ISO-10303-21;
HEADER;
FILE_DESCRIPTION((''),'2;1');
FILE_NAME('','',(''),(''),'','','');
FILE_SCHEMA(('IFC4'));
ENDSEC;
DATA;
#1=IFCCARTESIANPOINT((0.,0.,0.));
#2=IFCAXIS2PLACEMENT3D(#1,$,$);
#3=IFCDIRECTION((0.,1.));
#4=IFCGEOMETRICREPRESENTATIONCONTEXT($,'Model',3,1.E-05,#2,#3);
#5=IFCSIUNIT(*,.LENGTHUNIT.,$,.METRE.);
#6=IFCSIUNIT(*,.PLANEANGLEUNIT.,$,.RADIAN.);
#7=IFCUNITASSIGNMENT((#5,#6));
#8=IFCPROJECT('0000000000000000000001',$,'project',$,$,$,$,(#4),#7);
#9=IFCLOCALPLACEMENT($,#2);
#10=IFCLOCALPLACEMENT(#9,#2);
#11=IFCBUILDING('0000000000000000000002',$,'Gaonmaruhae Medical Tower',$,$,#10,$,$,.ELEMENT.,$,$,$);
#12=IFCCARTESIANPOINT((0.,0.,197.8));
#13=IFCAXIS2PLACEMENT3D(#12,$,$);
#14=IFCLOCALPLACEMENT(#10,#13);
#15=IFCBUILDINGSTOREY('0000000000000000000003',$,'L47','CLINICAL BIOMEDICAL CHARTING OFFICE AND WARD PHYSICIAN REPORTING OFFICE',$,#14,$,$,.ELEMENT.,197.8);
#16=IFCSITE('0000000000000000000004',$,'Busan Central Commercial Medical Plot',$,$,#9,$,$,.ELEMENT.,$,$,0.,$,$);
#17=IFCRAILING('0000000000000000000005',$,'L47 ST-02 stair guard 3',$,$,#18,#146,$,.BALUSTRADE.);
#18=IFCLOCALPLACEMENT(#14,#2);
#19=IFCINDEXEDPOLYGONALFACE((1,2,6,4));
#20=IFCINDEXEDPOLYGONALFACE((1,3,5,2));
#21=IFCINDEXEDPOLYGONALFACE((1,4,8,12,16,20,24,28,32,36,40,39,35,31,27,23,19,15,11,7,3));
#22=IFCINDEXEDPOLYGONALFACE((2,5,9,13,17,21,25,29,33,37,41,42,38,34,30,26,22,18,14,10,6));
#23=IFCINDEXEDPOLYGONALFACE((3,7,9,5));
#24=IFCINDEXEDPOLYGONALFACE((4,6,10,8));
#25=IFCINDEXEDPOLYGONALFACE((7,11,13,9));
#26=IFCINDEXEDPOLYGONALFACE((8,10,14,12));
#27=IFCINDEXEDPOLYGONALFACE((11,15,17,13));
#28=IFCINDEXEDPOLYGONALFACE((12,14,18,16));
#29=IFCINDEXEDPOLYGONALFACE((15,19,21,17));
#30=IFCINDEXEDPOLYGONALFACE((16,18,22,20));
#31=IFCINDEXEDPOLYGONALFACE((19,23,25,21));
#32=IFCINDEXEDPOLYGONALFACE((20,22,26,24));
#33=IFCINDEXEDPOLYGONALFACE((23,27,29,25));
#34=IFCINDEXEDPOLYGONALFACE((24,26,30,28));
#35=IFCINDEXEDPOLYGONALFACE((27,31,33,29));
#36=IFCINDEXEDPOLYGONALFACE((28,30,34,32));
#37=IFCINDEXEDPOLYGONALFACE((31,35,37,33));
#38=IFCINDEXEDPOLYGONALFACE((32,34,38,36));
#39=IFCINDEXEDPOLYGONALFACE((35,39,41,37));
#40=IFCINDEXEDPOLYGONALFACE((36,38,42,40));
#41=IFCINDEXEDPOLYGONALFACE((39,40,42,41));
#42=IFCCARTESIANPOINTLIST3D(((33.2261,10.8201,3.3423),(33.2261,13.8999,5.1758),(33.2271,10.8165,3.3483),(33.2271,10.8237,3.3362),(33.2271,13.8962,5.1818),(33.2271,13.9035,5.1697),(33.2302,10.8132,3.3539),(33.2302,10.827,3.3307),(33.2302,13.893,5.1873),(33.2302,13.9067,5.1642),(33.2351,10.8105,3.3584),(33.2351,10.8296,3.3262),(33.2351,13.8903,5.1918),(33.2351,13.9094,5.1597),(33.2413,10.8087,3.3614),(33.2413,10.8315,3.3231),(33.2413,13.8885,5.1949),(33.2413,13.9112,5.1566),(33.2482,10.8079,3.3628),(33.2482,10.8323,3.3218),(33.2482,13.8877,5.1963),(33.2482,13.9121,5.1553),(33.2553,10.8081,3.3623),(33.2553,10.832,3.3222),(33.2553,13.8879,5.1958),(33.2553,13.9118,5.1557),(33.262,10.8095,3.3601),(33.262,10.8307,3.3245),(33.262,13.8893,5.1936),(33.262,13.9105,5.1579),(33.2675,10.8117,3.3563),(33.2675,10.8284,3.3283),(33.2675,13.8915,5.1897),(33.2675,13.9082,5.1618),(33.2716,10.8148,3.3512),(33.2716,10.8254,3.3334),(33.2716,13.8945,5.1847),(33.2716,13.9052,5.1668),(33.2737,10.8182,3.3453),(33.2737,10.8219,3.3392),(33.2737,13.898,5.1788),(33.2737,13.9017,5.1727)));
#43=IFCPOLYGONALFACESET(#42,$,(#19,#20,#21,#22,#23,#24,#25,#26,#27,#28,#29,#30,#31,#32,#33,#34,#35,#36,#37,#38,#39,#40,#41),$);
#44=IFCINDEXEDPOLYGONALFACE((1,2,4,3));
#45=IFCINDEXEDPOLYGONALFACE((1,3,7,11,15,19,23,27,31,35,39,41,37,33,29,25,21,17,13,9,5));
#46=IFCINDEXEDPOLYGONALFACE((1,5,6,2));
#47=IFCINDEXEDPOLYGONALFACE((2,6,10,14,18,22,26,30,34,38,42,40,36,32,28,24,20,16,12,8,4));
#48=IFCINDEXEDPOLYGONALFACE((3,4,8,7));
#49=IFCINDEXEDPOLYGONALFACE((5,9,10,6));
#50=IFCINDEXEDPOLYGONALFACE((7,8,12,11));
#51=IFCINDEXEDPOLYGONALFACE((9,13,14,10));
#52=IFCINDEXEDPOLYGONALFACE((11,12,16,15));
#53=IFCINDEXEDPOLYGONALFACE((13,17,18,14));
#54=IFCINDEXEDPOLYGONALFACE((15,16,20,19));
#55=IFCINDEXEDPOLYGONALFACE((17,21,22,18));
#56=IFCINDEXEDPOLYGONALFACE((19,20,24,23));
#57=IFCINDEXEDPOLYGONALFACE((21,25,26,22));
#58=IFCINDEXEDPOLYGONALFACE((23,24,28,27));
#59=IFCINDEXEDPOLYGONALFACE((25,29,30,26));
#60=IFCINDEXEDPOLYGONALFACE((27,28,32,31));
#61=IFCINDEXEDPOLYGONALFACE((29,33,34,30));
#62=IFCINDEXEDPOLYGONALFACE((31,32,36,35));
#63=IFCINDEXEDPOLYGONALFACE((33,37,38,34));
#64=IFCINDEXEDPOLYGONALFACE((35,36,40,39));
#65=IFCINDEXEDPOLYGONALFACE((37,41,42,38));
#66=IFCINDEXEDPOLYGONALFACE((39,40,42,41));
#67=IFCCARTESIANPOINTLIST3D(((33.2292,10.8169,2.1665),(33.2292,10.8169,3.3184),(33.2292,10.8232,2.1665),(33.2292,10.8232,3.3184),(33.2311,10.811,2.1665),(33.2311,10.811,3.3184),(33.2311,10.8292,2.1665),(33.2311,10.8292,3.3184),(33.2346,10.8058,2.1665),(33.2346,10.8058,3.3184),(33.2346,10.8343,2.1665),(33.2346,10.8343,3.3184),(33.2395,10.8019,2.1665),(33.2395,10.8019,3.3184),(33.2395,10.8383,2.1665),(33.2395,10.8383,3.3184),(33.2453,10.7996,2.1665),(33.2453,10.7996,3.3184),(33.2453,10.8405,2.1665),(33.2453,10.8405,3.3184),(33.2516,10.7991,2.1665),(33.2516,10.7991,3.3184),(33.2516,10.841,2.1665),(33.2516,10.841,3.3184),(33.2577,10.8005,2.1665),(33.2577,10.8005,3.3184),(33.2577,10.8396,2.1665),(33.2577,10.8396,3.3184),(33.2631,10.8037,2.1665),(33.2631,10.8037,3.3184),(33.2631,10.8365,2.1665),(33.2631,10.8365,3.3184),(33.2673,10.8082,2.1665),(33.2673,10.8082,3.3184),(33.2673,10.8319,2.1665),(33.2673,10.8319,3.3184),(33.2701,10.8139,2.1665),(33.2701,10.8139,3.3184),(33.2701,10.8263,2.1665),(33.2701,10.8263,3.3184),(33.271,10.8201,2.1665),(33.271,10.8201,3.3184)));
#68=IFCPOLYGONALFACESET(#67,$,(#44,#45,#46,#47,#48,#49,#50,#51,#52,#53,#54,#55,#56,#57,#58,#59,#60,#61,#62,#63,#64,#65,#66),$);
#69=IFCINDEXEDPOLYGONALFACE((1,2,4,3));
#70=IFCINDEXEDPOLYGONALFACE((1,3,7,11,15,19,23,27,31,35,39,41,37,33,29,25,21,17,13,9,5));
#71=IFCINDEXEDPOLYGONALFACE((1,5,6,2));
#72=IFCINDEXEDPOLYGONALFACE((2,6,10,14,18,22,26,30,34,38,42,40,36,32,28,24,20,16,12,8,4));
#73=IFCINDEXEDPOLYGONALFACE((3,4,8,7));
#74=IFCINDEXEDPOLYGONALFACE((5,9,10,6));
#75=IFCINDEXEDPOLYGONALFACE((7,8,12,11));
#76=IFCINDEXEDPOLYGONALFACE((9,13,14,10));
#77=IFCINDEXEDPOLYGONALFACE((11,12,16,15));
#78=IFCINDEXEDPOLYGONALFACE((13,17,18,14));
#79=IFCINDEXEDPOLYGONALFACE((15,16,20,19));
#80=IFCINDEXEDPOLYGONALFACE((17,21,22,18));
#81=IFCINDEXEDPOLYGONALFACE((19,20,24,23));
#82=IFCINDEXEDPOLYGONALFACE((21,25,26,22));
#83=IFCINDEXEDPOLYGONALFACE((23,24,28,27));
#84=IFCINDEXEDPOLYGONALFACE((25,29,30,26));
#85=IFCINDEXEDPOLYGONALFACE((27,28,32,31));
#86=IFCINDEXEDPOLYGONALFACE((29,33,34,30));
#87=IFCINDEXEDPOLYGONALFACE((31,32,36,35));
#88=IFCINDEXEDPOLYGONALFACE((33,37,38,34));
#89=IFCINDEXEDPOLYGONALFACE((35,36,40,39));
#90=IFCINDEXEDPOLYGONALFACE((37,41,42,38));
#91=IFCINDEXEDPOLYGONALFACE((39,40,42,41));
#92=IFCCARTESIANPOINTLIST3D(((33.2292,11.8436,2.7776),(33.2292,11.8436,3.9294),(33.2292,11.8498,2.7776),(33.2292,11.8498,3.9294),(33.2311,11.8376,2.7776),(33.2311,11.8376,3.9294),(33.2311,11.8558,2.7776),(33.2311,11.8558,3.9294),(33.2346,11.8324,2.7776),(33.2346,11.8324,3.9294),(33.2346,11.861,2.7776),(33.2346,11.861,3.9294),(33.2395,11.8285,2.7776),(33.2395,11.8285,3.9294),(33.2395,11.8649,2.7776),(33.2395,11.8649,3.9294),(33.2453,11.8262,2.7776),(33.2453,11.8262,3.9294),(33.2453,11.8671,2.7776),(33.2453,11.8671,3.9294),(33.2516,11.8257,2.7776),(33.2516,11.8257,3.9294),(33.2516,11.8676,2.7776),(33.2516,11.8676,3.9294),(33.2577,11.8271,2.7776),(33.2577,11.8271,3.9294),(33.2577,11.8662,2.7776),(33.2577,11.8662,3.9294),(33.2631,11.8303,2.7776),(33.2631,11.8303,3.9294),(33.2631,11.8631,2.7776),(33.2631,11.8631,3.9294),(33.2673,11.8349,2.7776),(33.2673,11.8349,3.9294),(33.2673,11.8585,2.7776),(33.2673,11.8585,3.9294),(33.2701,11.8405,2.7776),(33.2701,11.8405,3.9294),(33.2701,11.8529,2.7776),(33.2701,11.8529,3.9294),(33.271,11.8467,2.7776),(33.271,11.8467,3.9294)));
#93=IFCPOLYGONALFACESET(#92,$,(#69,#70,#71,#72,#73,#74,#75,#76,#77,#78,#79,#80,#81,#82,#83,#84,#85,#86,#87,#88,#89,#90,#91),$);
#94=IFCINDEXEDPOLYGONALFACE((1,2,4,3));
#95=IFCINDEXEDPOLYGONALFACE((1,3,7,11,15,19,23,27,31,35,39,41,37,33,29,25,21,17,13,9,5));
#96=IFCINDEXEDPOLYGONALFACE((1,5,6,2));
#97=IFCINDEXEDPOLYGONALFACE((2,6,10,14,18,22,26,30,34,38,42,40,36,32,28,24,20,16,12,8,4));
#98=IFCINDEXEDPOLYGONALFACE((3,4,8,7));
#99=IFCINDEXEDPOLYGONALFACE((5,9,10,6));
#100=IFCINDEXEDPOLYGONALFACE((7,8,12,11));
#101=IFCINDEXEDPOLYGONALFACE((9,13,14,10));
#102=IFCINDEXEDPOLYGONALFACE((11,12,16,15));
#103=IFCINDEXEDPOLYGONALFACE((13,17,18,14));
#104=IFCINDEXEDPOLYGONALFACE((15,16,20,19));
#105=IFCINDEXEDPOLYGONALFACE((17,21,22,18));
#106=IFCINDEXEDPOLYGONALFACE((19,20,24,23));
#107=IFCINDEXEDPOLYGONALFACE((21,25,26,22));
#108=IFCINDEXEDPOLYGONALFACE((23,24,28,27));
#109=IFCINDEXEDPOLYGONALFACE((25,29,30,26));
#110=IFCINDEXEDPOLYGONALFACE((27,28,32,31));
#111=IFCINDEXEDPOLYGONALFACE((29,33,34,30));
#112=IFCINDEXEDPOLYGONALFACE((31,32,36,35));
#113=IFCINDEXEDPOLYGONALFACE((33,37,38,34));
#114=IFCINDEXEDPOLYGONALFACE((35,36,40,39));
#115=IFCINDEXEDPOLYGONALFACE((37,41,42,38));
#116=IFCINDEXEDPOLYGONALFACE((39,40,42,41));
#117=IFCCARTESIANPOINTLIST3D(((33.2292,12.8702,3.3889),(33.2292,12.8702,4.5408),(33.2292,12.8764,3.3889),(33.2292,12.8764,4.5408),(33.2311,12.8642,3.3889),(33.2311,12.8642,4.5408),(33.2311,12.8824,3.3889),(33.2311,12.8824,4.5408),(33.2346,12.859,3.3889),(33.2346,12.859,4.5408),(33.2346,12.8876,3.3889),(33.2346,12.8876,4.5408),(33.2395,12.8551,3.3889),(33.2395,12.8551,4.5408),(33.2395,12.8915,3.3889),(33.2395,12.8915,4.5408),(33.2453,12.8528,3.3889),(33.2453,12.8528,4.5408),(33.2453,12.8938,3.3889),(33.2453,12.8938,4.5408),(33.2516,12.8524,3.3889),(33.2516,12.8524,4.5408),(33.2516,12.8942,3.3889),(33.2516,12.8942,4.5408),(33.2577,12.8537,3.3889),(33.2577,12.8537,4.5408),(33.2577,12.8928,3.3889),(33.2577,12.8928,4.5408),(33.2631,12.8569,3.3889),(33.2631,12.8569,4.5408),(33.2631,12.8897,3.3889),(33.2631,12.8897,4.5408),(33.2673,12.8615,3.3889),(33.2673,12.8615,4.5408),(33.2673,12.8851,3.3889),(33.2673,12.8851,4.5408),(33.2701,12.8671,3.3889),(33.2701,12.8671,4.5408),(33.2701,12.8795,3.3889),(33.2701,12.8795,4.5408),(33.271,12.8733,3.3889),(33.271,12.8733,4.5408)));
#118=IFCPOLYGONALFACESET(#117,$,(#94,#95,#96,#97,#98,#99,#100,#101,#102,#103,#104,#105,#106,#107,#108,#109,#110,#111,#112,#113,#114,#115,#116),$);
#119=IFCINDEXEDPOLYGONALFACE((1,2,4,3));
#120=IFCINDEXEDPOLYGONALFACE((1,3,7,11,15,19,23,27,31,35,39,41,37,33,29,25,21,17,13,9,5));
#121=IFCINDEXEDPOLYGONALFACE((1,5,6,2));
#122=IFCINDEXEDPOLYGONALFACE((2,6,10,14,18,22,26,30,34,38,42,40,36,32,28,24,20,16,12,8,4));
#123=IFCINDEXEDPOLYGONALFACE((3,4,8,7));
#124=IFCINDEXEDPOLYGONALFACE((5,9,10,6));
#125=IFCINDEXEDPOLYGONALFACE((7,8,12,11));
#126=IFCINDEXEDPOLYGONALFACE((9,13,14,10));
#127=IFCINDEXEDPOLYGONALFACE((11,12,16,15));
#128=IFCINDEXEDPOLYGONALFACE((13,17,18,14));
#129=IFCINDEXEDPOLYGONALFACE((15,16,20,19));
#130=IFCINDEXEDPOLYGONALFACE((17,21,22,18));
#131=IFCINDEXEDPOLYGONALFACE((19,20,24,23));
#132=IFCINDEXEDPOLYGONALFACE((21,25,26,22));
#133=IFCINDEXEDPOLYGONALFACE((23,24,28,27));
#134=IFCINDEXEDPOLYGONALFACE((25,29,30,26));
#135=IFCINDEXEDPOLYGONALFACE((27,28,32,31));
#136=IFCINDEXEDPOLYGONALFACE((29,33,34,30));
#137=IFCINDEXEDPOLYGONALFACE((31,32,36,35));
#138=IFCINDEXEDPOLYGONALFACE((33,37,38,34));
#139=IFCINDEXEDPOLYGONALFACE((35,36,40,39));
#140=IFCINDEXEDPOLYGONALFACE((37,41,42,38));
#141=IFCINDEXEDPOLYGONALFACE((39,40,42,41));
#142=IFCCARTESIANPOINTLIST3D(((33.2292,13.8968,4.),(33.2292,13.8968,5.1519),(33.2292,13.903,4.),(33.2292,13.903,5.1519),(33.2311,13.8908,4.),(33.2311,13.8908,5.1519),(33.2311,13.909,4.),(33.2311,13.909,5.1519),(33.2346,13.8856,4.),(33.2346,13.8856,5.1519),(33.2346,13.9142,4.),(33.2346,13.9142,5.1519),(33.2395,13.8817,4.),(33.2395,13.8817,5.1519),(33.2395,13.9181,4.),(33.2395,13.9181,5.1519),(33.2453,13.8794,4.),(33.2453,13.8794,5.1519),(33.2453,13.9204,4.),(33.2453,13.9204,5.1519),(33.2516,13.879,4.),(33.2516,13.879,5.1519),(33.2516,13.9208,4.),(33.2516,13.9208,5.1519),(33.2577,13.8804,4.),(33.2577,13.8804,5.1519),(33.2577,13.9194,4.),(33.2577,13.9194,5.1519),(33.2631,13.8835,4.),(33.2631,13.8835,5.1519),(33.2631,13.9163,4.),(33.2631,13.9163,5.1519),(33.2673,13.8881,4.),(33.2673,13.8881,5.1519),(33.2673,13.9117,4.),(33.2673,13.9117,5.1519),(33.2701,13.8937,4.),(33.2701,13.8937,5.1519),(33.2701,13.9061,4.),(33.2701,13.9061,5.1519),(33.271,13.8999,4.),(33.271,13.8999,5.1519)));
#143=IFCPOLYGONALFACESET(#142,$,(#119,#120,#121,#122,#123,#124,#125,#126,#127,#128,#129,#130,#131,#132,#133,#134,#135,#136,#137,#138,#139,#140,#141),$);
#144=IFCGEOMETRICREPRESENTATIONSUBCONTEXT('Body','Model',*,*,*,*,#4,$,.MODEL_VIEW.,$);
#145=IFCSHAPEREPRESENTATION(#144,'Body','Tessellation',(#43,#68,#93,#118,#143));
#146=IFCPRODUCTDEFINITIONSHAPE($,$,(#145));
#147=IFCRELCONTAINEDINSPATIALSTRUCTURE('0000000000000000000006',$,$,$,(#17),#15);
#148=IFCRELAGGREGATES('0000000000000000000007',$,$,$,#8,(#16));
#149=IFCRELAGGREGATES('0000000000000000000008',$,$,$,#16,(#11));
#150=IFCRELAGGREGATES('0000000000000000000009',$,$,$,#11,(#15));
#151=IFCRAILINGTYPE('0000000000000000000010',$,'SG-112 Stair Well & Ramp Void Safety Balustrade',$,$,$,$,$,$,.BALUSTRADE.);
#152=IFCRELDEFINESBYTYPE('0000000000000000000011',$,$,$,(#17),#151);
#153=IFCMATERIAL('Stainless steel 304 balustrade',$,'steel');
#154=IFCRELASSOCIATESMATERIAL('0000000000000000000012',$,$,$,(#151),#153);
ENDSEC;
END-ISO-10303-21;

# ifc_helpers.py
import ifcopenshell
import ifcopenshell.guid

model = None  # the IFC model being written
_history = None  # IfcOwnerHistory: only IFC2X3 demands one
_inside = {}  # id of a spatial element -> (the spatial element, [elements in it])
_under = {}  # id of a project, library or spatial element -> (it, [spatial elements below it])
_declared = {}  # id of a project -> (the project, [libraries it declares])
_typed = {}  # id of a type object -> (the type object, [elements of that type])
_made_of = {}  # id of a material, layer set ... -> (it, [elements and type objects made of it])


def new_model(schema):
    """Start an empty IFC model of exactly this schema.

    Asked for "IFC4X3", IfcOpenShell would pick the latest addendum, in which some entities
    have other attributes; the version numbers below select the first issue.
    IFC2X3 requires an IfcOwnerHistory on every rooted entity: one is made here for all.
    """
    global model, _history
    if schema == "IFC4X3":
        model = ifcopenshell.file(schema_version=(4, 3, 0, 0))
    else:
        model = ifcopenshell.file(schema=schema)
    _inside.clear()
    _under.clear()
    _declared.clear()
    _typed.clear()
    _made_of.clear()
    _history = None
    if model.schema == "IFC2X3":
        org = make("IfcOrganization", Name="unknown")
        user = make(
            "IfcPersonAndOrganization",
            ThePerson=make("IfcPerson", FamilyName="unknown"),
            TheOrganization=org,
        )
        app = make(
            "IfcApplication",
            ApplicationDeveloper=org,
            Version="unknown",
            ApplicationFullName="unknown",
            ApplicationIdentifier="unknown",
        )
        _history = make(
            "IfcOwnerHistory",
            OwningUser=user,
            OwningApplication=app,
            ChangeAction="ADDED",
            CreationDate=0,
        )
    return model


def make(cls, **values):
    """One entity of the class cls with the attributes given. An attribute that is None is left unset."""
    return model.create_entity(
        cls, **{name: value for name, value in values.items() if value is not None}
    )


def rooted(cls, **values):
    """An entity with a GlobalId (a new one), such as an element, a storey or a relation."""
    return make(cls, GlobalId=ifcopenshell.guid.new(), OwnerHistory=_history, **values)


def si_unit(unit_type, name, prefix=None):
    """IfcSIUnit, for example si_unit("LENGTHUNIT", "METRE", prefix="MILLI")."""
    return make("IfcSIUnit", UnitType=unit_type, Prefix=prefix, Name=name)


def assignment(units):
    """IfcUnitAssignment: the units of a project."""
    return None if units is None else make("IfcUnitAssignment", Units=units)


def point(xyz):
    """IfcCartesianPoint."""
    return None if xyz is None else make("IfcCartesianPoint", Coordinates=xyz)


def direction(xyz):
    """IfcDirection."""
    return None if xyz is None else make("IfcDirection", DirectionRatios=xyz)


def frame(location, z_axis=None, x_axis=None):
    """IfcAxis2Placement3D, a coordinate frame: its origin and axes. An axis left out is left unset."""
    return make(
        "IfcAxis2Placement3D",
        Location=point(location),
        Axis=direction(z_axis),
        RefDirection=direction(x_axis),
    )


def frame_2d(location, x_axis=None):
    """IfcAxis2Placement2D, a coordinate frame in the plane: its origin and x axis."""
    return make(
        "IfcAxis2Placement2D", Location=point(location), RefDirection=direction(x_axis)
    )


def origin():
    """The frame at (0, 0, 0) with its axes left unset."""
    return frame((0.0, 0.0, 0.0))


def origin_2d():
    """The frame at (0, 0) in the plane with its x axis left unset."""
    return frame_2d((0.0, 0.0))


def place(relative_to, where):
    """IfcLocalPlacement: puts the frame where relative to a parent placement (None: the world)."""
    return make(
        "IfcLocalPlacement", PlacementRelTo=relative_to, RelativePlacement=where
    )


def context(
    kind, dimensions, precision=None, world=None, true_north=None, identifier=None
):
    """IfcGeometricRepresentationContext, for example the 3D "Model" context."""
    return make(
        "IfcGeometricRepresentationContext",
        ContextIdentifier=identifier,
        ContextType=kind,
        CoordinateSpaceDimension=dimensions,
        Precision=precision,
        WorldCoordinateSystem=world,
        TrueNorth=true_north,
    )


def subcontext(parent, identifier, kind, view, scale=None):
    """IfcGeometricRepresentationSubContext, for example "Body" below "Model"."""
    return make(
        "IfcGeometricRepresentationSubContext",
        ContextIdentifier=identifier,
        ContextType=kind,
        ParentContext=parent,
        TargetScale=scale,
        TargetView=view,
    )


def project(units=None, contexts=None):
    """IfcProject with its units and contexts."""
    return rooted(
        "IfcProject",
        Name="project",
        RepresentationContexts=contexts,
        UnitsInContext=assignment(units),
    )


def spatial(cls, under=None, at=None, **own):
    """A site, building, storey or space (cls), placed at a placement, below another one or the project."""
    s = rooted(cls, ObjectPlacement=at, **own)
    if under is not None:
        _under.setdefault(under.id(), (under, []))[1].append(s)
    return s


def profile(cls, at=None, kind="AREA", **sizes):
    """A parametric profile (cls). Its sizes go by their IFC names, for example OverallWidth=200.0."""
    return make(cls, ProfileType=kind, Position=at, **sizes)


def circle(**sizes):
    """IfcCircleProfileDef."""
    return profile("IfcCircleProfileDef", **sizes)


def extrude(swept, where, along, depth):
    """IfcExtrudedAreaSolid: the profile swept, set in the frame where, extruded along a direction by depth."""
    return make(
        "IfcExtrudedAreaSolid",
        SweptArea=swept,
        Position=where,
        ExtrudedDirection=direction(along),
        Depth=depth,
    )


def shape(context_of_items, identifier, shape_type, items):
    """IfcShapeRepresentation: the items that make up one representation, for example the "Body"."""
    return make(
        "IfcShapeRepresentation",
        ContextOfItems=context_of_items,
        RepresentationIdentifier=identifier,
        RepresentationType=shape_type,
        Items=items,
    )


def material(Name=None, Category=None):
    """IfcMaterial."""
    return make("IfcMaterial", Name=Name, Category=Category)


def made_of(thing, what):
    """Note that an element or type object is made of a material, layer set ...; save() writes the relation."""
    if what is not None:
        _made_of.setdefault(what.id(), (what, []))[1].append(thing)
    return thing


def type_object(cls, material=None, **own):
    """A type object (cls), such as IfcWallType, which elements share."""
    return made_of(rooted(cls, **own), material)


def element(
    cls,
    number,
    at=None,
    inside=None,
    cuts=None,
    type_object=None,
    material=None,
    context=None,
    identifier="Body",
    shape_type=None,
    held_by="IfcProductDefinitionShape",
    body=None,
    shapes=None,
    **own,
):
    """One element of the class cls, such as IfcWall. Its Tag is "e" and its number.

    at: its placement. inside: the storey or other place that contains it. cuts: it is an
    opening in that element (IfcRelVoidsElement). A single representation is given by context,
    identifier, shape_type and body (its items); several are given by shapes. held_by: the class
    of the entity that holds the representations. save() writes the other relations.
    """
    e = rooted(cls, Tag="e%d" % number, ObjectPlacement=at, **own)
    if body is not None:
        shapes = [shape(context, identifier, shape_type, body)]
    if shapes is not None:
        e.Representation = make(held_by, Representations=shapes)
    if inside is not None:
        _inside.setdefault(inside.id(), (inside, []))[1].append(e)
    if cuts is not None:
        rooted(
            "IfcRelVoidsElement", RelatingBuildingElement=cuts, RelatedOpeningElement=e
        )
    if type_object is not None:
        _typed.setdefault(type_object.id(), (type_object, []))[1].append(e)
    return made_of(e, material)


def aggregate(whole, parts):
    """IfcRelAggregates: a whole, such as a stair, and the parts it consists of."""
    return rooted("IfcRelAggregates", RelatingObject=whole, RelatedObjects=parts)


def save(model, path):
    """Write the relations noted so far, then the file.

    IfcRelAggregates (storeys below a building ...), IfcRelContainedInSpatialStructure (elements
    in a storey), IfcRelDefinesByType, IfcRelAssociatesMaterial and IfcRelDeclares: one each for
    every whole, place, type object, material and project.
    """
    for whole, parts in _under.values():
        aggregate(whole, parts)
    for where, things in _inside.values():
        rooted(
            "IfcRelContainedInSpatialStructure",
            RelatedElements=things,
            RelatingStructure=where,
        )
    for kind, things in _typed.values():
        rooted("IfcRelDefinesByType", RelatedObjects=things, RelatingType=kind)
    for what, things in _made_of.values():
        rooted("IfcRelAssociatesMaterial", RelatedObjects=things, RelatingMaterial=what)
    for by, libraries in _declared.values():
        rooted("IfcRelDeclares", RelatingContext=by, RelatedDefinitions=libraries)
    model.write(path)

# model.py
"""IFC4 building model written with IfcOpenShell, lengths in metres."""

from ifc_helpers import new_model, si_unit, direction, frame, origin, origin_2d, place, context, subcontext, project, spatial, circle, extrude, material, type_object, element, save


model = new_model("IFC4")

# Units and contexts
model_context = context("Model", 3, precision=1e-05, world=origin(), true_north=direction((0.0, 1.0)))
body_context = subcontext(model_context, "Body", "Model", "MODEL_VIEW")
ifc_project = project(units=[si_unit("LENGTHUNIT", "METRE"), si_unit("PLANEANGLEUNIT", "RADIAN")], contexts=[model_context])

# Site, building, storey
site_placement = place(None, origin())
site = spatial("IfcSite", under=ifc_project, at=site_placement, Name="Busan Central Commercial Medical Plot", CompositionType="ELEMENT", RefElevation=0.0)
building_placement = place(site_placement, origin())
building = spatial("IfcBuilding", under=site, at=building_placement, Name="Gaonmaruhae Medical Tower", CompositionType="ELEMENT")
storey_placement = place(building_placement, frame((0.0, 0.0, 197.8)))
storey = spatial("IfcBuildingStorey", under=building, at=storey_placement, Name="L47", Description="CLINICAL BIOMEDICAL CHARTING OFFICE AND WARD PHYSICIAN REPORTING OFFICE", CompositionType="ELEMENT", Elevation=197.8)

# Railing
ifc_material_1 = material(Name="Stainless steel 304 balustrade", Category="steel")
railing_type_1 = type_object("IfcRailingType", Name="SG-112 Stair Well & Ramp Void Safety Balustrade", PredefinedType="BALUSTRADE", material=ifc_material_1)
railing_1_placement = place(storey_placement, frame((33.25, 10.8201, 2.1665)))
element("IfcRailing", 1, at=railing_1_placement, inside=storey, type_object=railing_type_1, Name="L47 ST-02 stair guard 3", PredefinedType="BALUSTRADE", context=body_context, shape_type="SweptSolid", body=[
    extrude(circle(Radius=0.0239, at=origin_2d()), frame((0.0, 0.0, 1.1758), z_axis=(0.0, 0.859261, 0.511538), x_axis=(-1.0, 0.0, 0.0)), (0.0, 0.0, 1.0), 3.5842),
    extrude(circle(Radius=0.021, at=origin_2d()), origin(), (0.0, 0.0, 1.0), 1.1519),
    extrude(circle(Radius=0.021, at=origin_2d()), frame((0.0, 1.0266, 0.6111)), (0.0, 0.0, 1.0), 1.1519),
    extrude(circle(Radius=0.021, at=origin_2d()), frame((0.0, 2.0532, 1.2224)), (0.0, 0.0, 1.0), 1.1519),
    extrude(circle(Radius=0.021, at=origin_2d()), frame((0.0, 3.0798, 1.8335)), (0.0, 0.0, 1.0), 1.1519),
])

save(model, "model.ifc")
